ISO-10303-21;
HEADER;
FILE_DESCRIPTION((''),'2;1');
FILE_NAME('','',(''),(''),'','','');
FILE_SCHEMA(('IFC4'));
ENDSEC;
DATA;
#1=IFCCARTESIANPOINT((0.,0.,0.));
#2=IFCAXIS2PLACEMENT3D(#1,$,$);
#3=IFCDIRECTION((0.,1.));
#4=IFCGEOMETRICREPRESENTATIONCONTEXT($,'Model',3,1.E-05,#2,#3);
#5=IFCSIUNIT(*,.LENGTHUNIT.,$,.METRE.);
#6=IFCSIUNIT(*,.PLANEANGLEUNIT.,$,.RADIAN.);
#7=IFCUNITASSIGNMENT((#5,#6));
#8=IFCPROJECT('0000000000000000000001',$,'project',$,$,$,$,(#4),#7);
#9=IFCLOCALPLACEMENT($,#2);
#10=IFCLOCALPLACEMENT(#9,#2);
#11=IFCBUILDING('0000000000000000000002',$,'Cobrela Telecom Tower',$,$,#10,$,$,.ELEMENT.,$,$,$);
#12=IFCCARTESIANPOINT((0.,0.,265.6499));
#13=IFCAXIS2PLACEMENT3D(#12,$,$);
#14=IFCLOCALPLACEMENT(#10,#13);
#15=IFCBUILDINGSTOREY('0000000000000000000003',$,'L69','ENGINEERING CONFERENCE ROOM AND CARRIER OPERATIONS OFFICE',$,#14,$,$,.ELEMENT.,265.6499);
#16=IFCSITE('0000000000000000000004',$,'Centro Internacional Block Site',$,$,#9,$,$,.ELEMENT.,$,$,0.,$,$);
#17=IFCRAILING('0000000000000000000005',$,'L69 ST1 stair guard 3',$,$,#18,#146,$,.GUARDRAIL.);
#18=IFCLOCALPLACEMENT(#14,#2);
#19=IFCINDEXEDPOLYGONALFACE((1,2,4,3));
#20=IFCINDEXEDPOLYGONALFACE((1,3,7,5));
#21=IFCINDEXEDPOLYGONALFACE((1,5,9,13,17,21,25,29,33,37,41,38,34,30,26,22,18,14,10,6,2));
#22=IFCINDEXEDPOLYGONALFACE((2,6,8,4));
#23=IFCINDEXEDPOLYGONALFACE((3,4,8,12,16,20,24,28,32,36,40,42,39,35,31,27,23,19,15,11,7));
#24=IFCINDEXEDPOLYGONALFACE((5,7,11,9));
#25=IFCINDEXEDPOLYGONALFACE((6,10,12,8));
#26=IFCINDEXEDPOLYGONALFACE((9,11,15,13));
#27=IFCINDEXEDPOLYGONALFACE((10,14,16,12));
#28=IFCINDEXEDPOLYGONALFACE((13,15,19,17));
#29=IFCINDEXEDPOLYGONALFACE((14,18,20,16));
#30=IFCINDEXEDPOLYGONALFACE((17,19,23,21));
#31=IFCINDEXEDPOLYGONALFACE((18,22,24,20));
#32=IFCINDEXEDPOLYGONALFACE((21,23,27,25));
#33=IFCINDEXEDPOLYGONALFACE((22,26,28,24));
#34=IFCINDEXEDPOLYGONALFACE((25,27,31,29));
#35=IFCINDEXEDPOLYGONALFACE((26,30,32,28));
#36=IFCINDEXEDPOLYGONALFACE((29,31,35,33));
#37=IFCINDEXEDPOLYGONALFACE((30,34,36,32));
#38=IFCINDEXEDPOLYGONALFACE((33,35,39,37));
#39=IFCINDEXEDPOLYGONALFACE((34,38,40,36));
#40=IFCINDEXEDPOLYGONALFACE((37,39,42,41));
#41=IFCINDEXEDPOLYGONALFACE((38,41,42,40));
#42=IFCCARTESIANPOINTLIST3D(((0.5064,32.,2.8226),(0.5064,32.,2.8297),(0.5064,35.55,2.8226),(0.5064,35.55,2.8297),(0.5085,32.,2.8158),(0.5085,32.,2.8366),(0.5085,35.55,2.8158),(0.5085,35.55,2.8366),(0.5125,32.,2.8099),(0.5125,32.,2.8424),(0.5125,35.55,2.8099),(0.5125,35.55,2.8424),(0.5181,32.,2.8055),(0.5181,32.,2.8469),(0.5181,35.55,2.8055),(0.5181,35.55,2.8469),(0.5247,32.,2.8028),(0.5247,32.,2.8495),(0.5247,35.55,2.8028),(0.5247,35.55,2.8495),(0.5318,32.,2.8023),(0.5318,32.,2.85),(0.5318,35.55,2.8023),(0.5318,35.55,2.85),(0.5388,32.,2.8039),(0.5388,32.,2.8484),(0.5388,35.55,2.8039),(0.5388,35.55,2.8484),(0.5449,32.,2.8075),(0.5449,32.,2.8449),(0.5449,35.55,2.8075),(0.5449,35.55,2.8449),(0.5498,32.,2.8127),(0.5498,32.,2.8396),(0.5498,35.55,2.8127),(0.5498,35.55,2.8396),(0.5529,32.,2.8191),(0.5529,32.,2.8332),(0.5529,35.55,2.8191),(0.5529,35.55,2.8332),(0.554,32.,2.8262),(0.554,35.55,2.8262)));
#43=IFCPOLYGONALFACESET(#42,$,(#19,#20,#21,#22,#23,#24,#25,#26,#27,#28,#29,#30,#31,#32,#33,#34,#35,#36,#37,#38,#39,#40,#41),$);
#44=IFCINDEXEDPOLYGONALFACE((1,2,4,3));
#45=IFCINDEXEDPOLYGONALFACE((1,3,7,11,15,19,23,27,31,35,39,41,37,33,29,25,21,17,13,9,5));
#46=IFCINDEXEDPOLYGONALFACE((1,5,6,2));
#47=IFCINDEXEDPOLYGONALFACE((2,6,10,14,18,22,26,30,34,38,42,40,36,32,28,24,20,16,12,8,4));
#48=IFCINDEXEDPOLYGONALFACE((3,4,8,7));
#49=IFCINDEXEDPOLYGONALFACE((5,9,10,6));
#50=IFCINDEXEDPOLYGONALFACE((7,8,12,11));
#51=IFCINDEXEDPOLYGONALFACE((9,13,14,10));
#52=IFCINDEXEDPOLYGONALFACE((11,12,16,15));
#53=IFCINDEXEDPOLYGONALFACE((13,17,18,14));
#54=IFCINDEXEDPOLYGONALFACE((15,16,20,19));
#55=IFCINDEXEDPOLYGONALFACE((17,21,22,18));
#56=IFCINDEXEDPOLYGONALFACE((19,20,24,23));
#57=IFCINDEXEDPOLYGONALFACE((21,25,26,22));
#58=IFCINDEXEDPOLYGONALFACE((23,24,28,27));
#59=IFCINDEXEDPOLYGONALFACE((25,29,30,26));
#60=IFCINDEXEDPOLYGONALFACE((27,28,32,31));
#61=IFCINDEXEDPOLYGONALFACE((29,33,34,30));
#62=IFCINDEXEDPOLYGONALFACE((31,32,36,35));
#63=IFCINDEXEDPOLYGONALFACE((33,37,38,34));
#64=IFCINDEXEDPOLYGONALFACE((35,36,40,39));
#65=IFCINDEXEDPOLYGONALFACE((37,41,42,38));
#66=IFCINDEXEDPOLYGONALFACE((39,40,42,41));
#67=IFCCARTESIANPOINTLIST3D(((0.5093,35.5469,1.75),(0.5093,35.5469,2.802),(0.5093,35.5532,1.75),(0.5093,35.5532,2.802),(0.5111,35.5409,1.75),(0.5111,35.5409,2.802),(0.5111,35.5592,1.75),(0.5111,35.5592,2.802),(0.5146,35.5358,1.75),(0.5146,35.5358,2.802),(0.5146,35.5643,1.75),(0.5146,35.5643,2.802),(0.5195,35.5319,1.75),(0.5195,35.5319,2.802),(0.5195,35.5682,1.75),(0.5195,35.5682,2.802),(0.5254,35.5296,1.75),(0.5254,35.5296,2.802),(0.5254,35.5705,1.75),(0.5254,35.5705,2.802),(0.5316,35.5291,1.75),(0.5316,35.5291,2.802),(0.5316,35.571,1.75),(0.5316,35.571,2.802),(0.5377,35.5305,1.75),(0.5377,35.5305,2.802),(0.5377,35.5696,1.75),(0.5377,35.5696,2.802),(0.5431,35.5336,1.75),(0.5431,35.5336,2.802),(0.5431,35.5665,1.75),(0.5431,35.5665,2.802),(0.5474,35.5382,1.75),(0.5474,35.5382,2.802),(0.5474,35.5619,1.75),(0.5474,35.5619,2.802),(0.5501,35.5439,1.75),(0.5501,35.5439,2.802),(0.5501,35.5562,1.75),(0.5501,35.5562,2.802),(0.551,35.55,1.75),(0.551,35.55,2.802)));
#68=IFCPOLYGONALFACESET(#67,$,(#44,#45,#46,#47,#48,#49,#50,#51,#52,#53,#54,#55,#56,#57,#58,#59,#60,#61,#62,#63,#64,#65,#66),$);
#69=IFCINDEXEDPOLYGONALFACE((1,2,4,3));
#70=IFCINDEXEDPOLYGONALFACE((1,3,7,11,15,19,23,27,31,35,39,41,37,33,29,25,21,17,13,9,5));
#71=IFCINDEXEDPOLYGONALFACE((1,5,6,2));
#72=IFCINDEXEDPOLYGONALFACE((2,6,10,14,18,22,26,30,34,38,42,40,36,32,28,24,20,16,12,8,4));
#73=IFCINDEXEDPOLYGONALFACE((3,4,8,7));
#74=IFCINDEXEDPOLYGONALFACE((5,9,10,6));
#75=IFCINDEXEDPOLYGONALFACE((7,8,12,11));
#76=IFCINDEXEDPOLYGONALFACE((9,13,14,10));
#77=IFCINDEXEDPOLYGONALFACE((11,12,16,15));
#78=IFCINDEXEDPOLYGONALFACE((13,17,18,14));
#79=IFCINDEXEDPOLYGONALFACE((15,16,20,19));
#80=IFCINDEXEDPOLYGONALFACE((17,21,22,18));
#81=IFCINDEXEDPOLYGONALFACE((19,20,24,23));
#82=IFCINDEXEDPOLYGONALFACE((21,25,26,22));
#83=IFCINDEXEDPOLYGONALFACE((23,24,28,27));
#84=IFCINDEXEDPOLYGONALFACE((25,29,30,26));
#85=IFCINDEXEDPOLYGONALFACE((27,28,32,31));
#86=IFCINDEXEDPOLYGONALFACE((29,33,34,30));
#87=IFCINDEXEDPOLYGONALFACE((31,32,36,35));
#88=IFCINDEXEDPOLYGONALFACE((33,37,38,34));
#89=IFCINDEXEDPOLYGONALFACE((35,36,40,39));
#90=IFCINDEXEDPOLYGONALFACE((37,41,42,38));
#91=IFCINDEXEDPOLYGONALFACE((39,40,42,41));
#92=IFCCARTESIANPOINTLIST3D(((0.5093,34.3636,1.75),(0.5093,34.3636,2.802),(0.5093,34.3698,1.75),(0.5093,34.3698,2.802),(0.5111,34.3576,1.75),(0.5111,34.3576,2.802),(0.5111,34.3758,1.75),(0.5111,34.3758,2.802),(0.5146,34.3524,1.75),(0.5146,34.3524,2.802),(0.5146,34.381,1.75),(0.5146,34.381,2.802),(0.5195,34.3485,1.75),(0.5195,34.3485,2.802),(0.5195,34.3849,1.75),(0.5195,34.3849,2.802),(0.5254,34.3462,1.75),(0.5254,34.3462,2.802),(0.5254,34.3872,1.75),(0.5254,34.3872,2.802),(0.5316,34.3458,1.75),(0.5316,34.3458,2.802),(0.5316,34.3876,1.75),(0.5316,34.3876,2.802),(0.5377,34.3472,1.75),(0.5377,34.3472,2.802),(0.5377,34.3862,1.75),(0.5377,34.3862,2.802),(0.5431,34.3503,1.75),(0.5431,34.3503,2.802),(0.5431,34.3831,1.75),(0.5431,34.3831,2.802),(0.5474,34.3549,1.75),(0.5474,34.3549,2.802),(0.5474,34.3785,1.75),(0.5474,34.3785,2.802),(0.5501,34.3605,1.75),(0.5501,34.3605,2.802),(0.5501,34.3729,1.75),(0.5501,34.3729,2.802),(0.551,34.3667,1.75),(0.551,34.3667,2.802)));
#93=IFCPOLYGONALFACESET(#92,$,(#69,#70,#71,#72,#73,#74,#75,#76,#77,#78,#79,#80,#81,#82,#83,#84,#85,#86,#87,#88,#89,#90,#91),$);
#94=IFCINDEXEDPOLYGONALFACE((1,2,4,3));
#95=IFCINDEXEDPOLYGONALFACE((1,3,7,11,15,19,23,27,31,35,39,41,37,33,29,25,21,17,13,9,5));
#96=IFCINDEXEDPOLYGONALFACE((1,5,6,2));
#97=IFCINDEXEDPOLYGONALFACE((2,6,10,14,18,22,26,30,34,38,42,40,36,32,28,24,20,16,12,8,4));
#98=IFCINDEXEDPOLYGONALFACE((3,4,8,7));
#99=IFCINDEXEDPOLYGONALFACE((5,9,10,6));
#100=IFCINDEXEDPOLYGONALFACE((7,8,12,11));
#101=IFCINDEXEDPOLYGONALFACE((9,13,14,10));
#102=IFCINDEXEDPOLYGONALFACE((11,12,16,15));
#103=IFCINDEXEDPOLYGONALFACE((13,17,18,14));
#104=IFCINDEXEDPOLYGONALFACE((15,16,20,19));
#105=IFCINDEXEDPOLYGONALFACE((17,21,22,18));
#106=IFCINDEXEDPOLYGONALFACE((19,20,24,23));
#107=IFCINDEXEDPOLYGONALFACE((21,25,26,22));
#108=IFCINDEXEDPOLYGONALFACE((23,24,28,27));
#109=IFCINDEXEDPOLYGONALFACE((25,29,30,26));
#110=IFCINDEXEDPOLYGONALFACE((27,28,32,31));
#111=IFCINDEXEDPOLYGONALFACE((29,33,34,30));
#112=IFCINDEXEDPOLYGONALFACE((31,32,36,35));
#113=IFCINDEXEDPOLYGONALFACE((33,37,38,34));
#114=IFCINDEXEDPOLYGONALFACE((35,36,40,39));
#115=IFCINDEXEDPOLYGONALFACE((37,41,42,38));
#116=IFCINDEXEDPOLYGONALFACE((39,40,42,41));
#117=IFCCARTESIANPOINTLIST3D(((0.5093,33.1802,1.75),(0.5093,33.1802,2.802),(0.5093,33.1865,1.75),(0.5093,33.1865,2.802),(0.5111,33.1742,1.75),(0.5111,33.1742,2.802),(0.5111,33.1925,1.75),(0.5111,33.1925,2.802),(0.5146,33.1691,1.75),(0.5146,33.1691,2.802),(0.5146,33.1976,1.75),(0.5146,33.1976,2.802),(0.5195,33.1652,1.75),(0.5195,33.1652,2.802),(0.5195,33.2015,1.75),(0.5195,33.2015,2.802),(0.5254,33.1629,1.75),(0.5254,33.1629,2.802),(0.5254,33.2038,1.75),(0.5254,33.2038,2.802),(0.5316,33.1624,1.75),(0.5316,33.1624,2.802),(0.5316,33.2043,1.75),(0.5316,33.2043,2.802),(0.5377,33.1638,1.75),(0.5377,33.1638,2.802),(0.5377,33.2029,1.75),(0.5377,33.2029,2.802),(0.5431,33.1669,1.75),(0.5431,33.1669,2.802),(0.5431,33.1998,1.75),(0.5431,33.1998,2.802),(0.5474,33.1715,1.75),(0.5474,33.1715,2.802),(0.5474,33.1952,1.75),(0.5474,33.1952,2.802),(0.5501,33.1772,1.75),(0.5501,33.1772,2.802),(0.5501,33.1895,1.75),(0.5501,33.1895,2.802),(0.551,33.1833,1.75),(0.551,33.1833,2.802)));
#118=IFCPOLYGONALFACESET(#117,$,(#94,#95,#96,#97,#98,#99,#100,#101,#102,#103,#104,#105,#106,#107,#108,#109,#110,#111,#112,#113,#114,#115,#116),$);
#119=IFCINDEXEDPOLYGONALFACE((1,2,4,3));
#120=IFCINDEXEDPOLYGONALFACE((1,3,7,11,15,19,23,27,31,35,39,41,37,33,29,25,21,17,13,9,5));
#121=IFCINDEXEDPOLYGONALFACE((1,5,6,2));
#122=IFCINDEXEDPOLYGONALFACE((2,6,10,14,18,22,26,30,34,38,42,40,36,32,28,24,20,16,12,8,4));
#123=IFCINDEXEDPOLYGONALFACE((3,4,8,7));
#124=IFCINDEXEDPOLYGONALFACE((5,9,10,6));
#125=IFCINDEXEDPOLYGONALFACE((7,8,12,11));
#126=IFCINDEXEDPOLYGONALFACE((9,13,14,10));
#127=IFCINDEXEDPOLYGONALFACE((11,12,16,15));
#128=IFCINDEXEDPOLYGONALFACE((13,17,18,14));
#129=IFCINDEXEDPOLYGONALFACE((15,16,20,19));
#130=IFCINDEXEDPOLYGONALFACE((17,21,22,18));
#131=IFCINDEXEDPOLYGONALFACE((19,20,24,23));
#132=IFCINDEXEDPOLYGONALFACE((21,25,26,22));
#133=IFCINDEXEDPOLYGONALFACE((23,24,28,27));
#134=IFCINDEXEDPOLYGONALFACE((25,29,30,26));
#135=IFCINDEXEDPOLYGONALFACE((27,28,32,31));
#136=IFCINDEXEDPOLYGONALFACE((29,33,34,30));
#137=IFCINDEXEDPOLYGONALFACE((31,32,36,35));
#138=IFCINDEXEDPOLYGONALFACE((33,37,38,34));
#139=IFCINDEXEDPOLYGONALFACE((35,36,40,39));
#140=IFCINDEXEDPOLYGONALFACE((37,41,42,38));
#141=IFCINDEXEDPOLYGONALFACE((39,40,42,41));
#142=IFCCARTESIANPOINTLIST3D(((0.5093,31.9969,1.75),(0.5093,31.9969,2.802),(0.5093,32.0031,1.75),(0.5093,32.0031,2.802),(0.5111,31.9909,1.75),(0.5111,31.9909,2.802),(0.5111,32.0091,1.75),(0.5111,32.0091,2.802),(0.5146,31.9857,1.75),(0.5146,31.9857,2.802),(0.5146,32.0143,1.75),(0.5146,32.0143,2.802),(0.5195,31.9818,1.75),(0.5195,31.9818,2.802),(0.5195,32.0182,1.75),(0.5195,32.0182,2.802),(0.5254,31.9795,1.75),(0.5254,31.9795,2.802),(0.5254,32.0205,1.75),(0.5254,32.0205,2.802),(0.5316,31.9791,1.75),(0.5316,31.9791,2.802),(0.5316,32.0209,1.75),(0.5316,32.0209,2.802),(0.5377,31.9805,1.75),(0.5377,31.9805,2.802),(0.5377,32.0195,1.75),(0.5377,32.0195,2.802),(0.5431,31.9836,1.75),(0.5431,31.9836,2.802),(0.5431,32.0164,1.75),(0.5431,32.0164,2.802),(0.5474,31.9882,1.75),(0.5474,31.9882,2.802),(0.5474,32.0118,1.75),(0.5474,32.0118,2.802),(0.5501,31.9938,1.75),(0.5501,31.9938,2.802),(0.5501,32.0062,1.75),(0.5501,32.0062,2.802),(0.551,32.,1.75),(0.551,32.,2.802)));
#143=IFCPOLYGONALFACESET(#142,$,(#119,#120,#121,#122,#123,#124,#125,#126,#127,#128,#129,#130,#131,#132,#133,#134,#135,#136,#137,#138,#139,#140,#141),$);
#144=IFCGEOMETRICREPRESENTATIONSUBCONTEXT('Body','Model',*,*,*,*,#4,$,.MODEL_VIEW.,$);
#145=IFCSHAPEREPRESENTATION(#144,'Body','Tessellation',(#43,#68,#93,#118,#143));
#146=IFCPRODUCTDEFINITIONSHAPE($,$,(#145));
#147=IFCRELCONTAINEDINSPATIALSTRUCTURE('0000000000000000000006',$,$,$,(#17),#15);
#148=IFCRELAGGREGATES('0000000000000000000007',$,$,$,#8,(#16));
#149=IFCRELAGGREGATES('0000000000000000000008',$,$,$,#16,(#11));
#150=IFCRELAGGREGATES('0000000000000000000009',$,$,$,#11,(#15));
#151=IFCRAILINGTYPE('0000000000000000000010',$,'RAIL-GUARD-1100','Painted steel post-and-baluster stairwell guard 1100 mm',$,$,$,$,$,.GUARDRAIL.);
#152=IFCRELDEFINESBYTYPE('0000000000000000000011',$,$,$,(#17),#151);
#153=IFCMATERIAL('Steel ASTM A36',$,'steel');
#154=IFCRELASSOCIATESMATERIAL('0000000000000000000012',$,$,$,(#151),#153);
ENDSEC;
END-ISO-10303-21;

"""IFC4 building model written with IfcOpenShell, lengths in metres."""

from ifc_helpers import new_model, si_unit, direction, frame, origin, origin_2d, place, context, subcontext, project, spatial, circle, extrude, material, type_object, element, save


model = new_model("IFC4")

# Units and contexts
model_context = context("Model", 3, precision=1e-05, world=origin(), true_north=direction((0.0, 1.0)))
body_context = subcontext(model_context, "Body", "Model", "MODEL_VIEW")
ifc_project = project(units=[si_unit("LENGTHUNIT", "METRE"), si_unit("PLANEANGLEUNIT", "RADIAN")], contexts=[model_context])

# Site, building, storey
site_placement = place(None, origin())
site = spatial("IfcSite", under=ifc_project, at=site_placement, Name="Centro Internacional Block Site", CompositionType="ELEMENT", RefElevation=0.0)
building_placement = place(site_placement, origin())
building = spatial("IfcBuilding", under=site, at=building_placement, Name="Cobrela Telecom Tower", CompositionType="ELEMENT")
storey_placement = place(building_placement, frame((0.0, 0.0, 265.6499)))
storey = spatial("IfcBuildingStorey", under=building, at=storey_placement, Name="L69", Description="ENGINEERING CONFERENCE ROOM AND CARRIER OPERATIONS OFFICE", CompositionType="ELEMENT", Elevation=265.6499)

# Shared definitions
ifc_material_1 = material(Name="Steel ASTM A36", Category="steel")

# Railing
railing_type_1 = type_object("IfcRailingType", Name="RAIL-GUARD-1100", Description="Painted steel post-and-baluster stairwell guard 1100 mm", PredefinedType="GUARDRAIL", material=ifc_material_1)
railing_1_placement = place(storey_placement, frame((0.53, 35.55, 1.75)))
element("IfcRailing", 1, at=railing_1_placement, inside=storey, type_object=railing_type_1, Name="L69 ST1 stair guard 3", PredefinedType="GUARDRAIL", context=body_context, shape_type="SweptSolid", body=[
    extrude(circle(Radius=0.0239, at=origin_2d()), frame((0.0, 0.0, 1.0762), z_axis=(0.0, -1.0, 0.0), x_axis=(1.0, 0.0, 0.0)), (0.0, 0.0, 1.0), 3.55),
    extrude(circle(Radius=0.021, at=origin_2d()), origin(), (0.0, 0.0, 1.0), 1.052),
    extrude(circle(Radius=0.021, at=origin_2d()), frame((0.0, -1.1833, 0.0)), (0.0, 0.0, 1.0), 1.052),
    extrude(circle(Radius=0.021, at=origin_2d()), frame((0.0, -2.3667, 0.0)), (0.0, 0.0, 1.0), 1.052),
    extrude(circle(Radius=0.021, at=origin_2d()), frame((0.0, -3.55, 0.0)), (0.0, 0.0, 1.0), 1.052),
])

save(model, "model.ifc")
